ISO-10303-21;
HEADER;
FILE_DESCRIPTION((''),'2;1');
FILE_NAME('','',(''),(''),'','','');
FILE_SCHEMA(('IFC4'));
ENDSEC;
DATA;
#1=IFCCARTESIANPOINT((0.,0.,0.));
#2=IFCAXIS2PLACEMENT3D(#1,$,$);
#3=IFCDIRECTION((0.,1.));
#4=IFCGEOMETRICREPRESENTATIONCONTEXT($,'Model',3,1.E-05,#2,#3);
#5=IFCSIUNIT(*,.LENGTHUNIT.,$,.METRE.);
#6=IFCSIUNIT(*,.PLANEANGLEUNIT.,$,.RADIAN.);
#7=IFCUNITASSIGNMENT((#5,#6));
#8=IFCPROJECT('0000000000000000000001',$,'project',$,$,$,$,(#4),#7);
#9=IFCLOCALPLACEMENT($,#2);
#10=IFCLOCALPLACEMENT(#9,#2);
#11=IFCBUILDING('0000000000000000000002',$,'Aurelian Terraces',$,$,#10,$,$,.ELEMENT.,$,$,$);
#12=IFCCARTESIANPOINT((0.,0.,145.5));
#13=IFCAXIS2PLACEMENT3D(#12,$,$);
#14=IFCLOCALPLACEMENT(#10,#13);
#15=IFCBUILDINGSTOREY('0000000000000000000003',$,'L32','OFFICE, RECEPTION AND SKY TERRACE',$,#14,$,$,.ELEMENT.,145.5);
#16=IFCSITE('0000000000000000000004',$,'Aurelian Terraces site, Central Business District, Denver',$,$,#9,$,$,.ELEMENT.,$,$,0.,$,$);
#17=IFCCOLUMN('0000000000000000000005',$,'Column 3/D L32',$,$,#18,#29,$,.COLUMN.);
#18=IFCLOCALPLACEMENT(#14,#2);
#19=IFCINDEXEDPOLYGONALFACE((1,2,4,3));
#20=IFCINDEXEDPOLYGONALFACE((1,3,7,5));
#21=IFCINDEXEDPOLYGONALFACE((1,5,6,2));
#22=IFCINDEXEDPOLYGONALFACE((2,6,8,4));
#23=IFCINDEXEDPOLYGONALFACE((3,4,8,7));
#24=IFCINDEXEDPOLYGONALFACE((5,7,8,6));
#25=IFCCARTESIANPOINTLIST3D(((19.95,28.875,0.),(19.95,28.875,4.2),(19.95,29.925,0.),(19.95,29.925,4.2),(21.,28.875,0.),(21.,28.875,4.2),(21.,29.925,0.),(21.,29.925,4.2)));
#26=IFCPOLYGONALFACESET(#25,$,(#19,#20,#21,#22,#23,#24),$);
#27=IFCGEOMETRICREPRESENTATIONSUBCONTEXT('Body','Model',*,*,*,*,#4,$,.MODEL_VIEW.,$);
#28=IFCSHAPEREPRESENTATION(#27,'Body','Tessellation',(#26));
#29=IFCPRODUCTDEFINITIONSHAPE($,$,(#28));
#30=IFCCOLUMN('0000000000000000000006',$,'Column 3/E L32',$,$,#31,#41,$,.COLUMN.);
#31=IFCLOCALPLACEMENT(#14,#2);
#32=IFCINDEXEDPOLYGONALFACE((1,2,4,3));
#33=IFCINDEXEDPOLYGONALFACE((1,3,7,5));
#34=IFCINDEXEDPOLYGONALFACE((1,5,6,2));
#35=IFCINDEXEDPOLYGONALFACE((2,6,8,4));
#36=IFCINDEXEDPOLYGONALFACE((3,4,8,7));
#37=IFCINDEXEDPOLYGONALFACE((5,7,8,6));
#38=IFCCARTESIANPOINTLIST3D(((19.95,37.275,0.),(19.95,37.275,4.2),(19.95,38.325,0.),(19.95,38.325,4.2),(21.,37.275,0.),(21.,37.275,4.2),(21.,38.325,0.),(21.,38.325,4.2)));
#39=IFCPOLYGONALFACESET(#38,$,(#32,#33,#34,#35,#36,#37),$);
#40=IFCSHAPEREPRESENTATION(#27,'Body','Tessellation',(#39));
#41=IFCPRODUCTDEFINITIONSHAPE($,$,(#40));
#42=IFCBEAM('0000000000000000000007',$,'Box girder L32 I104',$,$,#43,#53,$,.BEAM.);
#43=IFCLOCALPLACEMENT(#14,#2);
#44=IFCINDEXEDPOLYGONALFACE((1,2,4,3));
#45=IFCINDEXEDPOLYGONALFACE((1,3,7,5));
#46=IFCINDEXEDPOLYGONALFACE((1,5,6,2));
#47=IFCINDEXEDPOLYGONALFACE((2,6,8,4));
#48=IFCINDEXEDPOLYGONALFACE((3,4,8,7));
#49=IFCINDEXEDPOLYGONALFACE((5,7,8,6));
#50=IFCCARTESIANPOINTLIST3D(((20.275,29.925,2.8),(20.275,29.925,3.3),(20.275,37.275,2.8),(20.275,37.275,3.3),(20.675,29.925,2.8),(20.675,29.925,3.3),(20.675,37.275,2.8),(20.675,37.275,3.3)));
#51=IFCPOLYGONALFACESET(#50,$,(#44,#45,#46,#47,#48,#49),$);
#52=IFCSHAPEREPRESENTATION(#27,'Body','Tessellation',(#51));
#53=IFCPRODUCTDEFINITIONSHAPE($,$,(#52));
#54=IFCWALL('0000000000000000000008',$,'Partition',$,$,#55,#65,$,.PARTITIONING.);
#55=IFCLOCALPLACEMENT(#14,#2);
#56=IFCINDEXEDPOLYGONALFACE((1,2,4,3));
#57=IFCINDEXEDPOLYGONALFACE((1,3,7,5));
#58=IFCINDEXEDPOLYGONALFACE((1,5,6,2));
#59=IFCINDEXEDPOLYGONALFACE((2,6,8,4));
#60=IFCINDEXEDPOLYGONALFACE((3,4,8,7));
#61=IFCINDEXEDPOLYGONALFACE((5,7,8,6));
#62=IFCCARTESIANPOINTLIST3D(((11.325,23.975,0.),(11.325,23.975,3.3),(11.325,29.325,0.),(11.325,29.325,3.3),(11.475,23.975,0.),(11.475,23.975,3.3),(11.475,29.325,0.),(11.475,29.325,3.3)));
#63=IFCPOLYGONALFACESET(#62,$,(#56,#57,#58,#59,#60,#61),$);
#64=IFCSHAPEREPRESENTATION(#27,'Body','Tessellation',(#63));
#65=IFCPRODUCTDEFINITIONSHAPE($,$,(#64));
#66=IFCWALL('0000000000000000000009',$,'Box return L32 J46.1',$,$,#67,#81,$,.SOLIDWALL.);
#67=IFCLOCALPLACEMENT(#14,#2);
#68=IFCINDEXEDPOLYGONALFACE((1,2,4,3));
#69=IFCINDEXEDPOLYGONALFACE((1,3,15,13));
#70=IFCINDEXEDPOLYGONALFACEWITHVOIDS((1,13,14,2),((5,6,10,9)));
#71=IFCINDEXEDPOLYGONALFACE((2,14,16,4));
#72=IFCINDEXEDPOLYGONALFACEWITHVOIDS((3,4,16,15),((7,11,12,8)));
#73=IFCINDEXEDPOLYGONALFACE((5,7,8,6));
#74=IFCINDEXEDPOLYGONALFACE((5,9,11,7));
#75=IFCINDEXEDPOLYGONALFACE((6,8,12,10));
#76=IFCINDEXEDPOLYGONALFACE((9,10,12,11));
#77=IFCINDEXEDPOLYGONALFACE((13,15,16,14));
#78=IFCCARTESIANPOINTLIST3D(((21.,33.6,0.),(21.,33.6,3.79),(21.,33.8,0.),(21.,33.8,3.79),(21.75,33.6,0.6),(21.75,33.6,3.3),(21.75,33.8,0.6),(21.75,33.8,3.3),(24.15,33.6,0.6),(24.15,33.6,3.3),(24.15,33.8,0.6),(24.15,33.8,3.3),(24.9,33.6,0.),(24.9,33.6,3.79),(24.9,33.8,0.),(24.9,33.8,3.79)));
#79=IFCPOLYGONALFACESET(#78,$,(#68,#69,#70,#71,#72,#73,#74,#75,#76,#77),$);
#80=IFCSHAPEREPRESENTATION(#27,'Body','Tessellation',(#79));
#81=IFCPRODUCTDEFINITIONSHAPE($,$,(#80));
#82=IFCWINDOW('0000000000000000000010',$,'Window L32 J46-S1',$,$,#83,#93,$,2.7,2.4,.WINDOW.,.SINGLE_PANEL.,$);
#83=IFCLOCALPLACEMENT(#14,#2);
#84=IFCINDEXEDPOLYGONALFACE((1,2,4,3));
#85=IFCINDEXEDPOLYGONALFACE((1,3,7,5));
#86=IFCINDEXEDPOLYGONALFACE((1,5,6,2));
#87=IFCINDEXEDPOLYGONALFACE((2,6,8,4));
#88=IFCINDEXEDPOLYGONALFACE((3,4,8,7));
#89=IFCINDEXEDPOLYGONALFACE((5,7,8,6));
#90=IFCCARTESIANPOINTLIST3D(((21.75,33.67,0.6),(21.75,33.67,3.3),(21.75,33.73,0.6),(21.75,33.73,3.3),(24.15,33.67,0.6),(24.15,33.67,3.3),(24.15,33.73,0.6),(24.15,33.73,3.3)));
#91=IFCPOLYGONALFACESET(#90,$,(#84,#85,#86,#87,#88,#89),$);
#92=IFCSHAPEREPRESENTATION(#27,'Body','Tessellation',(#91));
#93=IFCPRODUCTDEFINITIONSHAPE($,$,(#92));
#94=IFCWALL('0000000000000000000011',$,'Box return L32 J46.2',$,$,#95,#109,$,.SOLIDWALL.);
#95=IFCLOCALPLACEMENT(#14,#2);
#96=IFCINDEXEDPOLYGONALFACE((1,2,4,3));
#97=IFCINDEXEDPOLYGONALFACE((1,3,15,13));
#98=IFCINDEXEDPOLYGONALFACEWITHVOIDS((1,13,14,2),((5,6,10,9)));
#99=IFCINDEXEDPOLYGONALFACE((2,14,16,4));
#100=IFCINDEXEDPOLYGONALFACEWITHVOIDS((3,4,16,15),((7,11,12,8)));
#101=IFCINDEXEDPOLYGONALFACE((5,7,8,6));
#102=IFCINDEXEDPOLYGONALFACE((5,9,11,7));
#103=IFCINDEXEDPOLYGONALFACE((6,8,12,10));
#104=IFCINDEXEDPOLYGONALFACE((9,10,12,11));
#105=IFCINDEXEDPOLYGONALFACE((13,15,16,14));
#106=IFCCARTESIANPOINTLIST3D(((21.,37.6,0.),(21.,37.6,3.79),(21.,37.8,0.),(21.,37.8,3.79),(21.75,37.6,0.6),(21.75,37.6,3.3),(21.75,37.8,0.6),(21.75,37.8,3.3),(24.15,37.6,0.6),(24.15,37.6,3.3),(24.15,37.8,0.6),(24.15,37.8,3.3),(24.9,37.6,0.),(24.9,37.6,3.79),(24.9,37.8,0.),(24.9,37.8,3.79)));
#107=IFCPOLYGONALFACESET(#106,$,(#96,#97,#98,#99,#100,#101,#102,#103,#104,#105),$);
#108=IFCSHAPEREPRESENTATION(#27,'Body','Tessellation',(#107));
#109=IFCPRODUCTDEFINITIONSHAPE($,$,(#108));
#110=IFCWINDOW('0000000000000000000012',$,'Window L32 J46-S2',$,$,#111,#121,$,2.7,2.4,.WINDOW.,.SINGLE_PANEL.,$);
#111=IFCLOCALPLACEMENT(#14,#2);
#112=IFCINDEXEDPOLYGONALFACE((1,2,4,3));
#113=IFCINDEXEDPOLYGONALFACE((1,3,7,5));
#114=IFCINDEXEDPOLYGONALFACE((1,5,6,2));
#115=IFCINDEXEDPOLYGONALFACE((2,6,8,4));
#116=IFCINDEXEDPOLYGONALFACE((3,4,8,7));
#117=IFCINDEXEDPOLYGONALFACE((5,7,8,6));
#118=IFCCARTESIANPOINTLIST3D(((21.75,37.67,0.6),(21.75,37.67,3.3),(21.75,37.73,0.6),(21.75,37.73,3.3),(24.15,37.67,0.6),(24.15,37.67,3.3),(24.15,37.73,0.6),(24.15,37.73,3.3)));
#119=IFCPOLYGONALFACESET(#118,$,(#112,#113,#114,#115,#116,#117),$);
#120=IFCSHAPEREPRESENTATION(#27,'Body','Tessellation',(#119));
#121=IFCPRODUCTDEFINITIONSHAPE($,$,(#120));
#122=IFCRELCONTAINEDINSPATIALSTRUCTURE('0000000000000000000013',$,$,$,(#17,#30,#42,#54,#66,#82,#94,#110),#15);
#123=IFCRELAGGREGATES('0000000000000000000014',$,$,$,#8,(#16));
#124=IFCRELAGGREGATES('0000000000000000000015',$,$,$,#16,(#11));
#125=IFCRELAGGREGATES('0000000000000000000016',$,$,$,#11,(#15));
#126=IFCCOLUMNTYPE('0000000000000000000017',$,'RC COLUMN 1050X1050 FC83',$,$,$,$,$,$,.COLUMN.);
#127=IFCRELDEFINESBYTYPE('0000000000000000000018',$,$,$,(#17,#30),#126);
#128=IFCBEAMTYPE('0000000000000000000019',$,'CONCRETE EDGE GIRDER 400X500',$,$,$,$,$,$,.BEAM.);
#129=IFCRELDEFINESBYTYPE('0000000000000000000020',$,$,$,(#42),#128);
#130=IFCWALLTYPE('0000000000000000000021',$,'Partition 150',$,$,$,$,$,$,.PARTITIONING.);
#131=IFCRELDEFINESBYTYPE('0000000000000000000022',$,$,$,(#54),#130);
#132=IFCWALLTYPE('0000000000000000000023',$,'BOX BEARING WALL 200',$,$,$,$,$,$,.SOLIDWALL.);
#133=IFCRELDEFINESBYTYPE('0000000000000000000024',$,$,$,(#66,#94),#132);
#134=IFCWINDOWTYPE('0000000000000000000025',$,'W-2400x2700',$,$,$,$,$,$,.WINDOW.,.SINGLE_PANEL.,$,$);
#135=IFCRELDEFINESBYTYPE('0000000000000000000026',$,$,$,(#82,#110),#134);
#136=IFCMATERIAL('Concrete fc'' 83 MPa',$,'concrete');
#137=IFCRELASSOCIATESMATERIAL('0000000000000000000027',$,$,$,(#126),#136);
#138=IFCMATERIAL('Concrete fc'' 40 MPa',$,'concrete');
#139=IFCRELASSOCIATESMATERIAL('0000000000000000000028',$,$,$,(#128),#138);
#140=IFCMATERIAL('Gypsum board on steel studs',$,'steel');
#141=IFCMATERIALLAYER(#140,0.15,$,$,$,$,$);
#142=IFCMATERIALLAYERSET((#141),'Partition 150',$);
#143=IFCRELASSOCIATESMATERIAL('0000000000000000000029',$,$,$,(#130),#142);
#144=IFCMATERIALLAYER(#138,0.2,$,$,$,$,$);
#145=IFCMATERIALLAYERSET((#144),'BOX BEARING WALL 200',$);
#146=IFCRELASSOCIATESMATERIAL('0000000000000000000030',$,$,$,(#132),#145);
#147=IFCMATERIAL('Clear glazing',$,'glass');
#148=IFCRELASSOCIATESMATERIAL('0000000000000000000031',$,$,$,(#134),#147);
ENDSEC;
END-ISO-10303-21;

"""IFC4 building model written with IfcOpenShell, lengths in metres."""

from ifc_helpers import new_model, si_unit, direction, frame, frame_2d, origin, origin_2d, place, context, subcontext, project, spatial, rectangle, extrude, source, transform, mapped, material, layer, layer_set, material_profile, profile_set, type_object, element, fill, save


model = new_model("IFC4")

# Units and contexts
model_context = context("Model", 3, precision=1e-05, world=origin(), true_north=direction((0.0, 1.0)))
body_context = subcontext(model_context, "Body", "Model", "MODEL_VIEW")
ifc_project = project(units=[si_unit("LENGTHUNIT", "METRE"), si_unit("PLANEANGLEUNIT", "RADIAN")], contexts=[model_context])

# Site, building, storey
site_placement = place(None, origin())
site = spatial("IfcSite", under=ifc_project, at=site_placement, Name="Aurelian Terraces site, Central Business District, Denver", CompositionType="ELEMENT", RefElevation=0.0)
building_placement = place(site_placement, origin())
building = spatial("IfcBuilding", under=site, at=building_placement, Name="Aurelian Terraces", CompositionType="ELEMENT")
storey_placement = place(building_placement, frame((0.0, 0.0, 145.5)))
storey = spatial("IfcBuildingStorey", under=building, at=storey_placement, Name="L32", Description="OFFICE, RECEPTION AND SKY TERRACE", CompositionType="ELEMENT", Elevation=145.5)

# Columns
ifc_material_1 = material(Name="Concrete fc' 83 MPa", Category="concrete")
ifc_material_profile_1 = material_profile(ifc_material_1, rectangle(XDim=1.05, YDim=1.05, at=origin_2d()))
ifc_profile_set_1 = profile_set([ifc_material_profile_1], Name="Concrete fc' 83 MPa")
column_type = type_object("IfcColumnType", Name="RC COLUMN 1050X1050 FC83", PredefinedType="COLUMN", material=ifc_profile_set_1)
shared_shape_1 = source(origin(), body_context, "Body", "SweptSolid", [
    extrude(rectangle(XDim=1.05, YDim=1.05, at=origin_2d()), origin(), (0.0, 0.0, 1.0), 4.2),
])
for number, where, z_axis, x_axis, name in (
    (1, (20.475, 29.4, 0.0), (0.0, 0.0, 1.0), (1.0, 0.0, 0.0), "Column 3/D L32"),
    (2, (20.475, 37.8, 0.0), (0.0, 0.0, 1.0), (1.0, 0.0, 0.0), "Column 3/E L32"),
):
    element("IfcColumn", number, at=place(storey_placement, frame(where, z_axis=z_axis, x_axis=x_axis)), inside=storey, type_object=column_type, Name=name, PredefinedType="COLUMN", context=body_context, shape_type="MappedRepresentation", body=[
        mapped(shared_shape_1, transform((0.0, 0.0, 0.0), scale=1.0)),
    ])

# Beam
ifc_material_2 = material(Name="Concrete fc' 40 MPa", Category="concrete")
ifc_material_profile_2 = material_profile(ifc_material_2, rectangle(XDim=0.4, YDim=0.5, at=origin_2d()))
ifc_profile_set_2 = profile_set([ifc_material_profile_2], Name="Concrete fc' 40 MPa")
beam_type = type_object("IfcBeamType", Name="CONCRETE EDGE GIRDER 400X500", PredefinedType="BEAM", material=ifc_profile_set_2)
shared_shape_2 = source(origin(), body_context, "Body", "SweptSolid", [
    extrude(rectangle(XDim=0.4, YDim=0.5, at=origin_2d()), origin(), (0.0, 0.0, 1.0), 7.35),
])
beam_placement = place(storey_placement, frame((20.475, 29.925, 3.05), z_axis=(0.0, 1.0, 0.0), x_axis=(-1.0, 0.0, 0.0)))
element("IfcBeam", 3, at=beam_placement, inside=storey, type_object=beam_type, Name="Box girder L32 I104", PredefinedType="BEAM", context=body_context, shape_type="MappedRepresentation", body=[
    mapped(shared_shape_2, transform((0.0, 0.0, 0.0), scale=1.0)),
])

# Wall
ifc_material_3 = material(Name="Gypsum board on steel studs", Category="steel")
ifc_layer_1 = layer(ifc_material_3, 0.15)
ifc_layer_set_1 = layer_set([ifc_layer_1], Name="Partition 150")
wall_type_1 = type_object("IfcWallType", Name="Partition 150", PredefinedType="PARTITIONING", material=ifc_layer_set_1)
wall_1_placement = place(storey_placement, frame((11.4, 23.975, 0.0), z_axis=(0.0, 0.0, 1.0), x_axis=(0.0, 1.0, 0.0)))
element("IfcWall", 4, at=wall_1_placement, inside=storey, type_object=wall_type_1, Name="Partition", PredefinedType="PARTITIONING", context=body_context, shape_type="SweptSolid", body=[
    extrude(rectangle(XDim=5.35, YDim=0.15, at=frame_2d((2.675, 0.0))), origin(), (0.0, 0.0, 1.0), 3.3),
])

# Walls, openings, windows
ifc_layer_2 = layer(ifc_material_2, 0.2)
ifc_layer_set_2 = layer_set([ifc_layer_2], Name="BOX BEARING WALL 200")
wall_type_2 = type_object("IfcWallType", Name="BOX BEARING WALL 200", PredefinedType="SOLIDWALL", material=ifc_layer_set_2)
shared_shape_3 = source(origin(), body_context, "Body", "SweptSolid", [
    extrude(rectangle(XDim=3.9, YDim=0.2, at=frame_2d((1.95, 0.0))), origin(), (0.0, 0.0, 1.0), 3.79),
])
wall_2_placement = place(storey_placement, frame((21.0, 33.7, 0.0), z_axis=(0.0, 0.0, 1.0), x_axis=(1.0, 0.0, 0.0)))
wall_2 = element("IfcWall", 5, at=wall_2_placement, inside=storey, type_object=wall_type_2, Name="Box return L32 J46.1", PredefinedType="SOLIDWALL", context=body_context, shape_type="MappedRepresentation", body=[
    mapped(shared_shape_3, transform((0.0, 0.0, 0.0), scale=1.0)),
])
shared_shape_4 = source(origin(), body_context, "Body", "SweptSolid", [
    extrude(rectangle(XDim=2.4, YDim=2.7, at=frame_2d((1.2, 1.35))), frame((0.0, 0.11, 0.0), z_axis=(0.0, -1.0, 0.0), x_axis=(1.0, 0.0, 0.0)), (0.0, 0.0, 1.0), 0.22),
])
opening_1_placement = place(wall_2_placement, frame((0.75, 0.0, 0.6)))
opening_1 = element("IfcOpeningElement", 6, at=opening_1_placement, cuts=wall_2, PredefinedType="OPENING", context=body_context, shape_type="MappedRepresentation", body=[
    mapped(shared_shape_4, transform((0.0, 0.0, 0.0), scale=1.0)),
])
ifc_material_4 = material(Name="Clear glazing", Category="glass")
window_type_1 = type_object("IfcWindowType", Name="W-2400x2700", PartitioningType="SINGLE_PANEL", PredefinedType="WINDOW", material=ifc_material_4)
shared_shape_5 = source(origin(), body_context, "Body", "SweptSolid", [
    extrude(rectangle(XDim=2.4, YDim=2.7, at=frame_2d((1.2, 1.35))), frame((0.0, 0.03, 0.0), z_axis=(0.0, -1.0, 0.0), x_axis=(1.0, 0.0, 0.0)), (0.0, 0.0, 1.0), 0.06),
])
window_1_placement = place(opening_1_placement, origin())
window_1 = element("IfcWindow", 7, at=window_1_placement, inside=storey, type_object=window_type_1, Name="Window L32 J46-S1", OverallHeight=2.7, OverallWidth=2.4, PartitioningType="SINGLE_PANEL", PredefinedType="WINDOW", context=body_context, shape_type="MappedRepresentation", body=[
    mapped(shared_shape_5, transform((0.0, 0.0, 0.0), scale=1.0)),
])
fill(opening_1, window_1)
wall_3_placement = place(storey_placement, frame((21.0, 37.7, 0.0), z_axis=(0.0, 0.0, 1.0), x_axis=(1.0, 0.0, 0.0)))
wall_3 = element("IfcWall", 8, at=wall_3_placement, inside=storey, type_object=wall_type_2, Name="Box return L32 J46.2", PredefinedType="SOLIDWALL", context=body_context, shape_type="MappedRepresentation", body=[
    mapped(shared_shape_3, transform((0.0, 0.0, 0.0), scale=1.0)),
])
opening_2_placement = place(wall_3_placement, frame((0.75, 0.0, 0.6)))
opening_2 = element("IfcOpeningElement", 9, at=opening_2_placement, cuts=wall_3, PredefinedType="OPENING", context=body_context, shape_type="MappedRepresentation", body=[
    mapped(shared_shape_4, transform((0.0, 0.0, 0.0), scale=1.0)),
])
window_2_placement = place(opening_2_placement, origin())
window_2 = element("IfcWindow", 10, at=window_2_placement, inside=storey, type_object=window_type_1, Name="Window L32 J46-S2", OverallHeight=2.7, OverallWidth=2.4, PartitioningType="SINGLE_PANEL", PredefinedType="WINDOW", context=body_context, shape_type="MappedRepresentation", body=[
    mapped(shared_shape_5, transform((0.0, 0.0, 0.0), scale=1.0)),
])
fill(opening_2, window_2)

save(model, "model.ifc")
